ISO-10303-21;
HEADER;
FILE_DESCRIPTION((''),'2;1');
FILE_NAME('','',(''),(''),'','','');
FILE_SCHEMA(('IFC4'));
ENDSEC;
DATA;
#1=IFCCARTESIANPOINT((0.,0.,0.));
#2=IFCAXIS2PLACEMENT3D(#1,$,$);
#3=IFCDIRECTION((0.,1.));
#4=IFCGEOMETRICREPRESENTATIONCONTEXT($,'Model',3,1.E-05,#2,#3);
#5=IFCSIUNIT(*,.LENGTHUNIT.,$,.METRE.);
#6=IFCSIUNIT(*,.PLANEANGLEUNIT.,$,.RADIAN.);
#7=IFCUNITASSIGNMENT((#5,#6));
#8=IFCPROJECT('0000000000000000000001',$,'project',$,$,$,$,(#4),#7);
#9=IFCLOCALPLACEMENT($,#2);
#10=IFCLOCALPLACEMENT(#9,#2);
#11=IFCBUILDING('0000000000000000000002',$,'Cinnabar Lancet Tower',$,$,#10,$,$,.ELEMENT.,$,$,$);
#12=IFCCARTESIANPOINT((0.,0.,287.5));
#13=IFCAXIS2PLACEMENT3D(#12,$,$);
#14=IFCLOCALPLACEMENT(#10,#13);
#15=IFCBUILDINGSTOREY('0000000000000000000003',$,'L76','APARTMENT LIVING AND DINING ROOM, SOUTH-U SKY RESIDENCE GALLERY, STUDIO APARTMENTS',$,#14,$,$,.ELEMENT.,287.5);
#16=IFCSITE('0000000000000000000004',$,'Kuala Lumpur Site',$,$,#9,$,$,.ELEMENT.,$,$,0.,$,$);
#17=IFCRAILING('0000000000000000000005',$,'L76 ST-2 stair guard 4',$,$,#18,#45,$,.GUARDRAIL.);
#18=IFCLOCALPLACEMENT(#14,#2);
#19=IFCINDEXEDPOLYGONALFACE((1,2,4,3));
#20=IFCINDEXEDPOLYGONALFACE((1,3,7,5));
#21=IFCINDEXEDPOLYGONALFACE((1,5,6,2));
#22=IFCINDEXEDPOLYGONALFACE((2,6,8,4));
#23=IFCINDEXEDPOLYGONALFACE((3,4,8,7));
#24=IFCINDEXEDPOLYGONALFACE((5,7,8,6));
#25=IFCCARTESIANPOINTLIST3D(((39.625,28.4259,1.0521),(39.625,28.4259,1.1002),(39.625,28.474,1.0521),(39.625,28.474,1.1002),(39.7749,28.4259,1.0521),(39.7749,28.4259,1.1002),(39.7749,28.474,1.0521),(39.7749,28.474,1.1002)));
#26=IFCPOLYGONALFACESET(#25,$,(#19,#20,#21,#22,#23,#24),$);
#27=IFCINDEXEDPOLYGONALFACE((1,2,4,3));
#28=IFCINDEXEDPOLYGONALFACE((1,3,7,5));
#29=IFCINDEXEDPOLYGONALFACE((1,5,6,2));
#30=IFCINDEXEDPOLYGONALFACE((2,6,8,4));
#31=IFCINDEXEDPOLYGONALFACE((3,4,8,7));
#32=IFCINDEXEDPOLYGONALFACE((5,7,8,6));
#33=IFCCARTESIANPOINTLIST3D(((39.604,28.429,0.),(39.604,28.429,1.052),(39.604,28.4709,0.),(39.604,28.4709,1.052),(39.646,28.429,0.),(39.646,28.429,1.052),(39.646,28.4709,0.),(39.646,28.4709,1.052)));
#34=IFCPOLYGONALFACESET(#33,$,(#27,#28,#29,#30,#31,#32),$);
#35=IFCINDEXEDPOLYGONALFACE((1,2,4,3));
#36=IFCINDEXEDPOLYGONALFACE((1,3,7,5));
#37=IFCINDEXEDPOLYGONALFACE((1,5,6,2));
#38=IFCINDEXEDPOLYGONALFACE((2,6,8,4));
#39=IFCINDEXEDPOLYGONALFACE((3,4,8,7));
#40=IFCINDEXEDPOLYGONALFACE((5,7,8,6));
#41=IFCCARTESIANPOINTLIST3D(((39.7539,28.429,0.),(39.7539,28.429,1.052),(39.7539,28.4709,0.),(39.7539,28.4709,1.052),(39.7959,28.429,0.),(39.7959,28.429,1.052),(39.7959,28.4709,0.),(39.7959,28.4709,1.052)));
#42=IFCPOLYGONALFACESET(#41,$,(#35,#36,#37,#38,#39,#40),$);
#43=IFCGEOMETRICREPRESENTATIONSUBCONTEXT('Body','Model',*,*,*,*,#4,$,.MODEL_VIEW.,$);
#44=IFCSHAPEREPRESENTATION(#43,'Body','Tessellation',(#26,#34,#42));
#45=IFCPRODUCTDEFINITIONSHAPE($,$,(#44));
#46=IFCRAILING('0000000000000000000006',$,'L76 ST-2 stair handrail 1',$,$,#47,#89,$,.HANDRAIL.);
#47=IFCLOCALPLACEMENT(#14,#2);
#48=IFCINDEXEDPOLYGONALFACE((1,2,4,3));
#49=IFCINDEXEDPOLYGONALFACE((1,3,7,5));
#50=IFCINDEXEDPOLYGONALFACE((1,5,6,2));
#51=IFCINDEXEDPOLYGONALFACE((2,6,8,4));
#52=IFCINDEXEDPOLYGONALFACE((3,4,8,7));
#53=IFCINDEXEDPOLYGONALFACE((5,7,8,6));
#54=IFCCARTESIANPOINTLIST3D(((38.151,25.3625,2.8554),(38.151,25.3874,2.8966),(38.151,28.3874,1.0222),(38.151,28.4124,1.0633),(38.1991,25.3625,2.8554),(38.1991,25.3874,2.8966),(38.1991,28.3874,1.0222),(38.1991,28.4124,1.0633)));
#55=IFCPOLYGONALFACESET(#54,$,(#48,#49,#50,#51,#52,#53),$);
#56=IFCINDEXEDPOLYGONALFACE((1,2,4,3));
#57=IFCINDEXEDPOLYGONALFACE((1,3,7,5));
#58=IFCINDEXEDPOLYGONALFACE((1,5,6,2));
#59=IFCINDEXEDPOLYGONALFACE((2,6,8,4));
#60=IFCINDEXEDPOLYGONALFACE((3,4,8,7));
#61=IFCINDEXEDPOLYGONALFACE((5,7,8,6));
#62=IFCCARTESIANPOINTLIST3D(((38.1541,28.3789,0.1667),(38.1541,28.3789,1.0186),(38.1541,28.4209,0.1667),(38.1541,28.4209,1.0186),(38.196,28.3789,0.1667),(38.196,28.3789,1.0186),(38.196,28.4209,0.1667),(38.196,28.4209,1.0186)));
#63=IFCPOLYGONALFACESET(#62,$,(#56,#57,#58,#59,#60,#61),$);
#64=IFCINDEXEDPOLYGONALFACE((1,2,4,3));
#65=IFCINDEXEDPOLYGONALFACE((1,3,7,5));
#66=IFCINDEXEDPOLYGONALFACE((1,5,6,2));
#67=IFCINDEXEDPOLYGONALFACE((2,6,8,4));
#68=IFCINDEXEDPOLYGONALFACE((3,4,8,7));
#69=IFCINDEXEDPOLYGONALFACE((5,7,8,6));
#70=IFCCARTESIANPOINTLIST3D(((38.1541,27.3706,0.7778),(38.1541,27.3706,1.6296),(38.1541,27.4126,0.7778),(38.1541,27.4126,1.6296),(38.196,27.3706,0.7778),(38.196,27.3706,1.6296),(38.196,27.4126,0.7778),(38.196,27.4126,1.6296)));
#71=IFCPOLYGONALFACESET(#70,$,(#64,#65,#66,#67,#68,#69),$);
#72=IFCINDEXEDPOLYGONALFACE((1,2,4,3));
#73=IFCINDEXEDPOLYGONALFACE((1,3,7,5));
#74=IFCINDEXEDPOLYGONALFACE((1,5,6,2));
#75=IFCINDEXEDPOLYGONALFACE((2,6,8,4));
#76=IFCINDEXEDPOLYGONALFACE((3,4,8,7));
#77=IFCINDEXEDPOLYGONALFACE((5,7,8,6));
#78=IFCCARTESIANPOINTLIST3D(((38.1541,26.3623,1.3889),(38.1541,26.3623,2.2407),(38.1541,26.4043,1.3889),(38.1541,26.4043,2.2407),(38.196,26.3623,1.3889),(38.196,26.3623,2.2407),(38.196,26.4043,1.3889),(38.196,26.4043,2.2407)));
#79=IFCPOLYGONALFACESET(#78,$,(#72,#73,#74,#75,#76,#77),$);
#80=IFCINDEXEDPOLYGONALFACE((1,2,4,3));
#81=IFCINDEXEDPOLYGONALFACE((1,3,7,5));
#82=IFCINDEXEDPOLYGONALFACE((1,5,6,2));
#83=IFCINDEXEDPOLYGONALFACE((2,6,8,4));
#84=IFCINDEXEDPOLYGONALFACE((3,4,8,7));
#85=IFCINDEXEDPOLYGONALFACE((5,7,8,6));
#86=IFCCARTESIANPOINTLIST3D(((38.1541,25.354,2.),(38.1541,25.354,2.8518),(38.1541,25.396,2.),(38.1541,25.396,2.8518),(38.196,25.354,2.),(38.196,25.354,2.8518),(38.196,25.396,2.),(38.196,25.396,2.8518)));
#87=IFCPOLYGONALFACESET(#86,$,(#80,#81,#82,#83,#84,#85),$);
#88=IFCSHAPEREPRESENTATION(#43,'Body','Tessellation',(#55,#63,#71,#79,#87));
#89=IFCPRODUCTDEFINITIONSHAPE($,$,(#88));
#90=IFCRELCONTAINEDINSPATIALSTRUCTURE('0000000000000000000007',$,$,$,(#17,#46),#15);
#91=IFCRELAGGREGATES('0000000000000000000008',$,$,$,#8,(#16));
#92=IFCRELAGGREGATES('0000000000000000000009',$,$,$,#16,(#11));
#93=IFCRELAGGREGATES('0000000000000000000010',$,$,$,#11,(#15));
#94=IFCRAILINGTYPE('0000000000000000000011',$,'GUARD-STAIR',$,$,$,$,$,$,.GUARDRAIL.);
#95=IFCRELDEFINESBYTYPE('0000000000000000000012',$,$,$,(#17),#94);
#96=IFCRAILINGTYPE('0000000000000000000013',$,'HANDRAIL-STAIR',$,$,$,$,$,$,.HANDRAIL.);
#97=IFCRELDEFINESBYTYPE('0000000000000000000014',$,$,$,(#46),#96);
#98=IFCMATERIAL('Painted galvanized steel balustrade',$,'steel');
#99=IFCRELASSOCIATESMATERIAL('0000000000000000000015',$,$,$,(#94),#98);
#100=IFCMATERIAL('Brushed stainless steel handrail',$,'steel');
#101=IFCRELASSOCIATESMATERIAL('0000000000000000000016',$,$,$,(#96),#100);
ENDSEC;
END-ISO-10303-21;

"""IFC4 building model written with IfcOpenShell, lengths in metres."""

from ifc_helpers import new_model, si_unit, direction, frame, origin, origin_2d, place, context, subcontext, project, spatial, rectangle, extrude, material, type_object, element, save


model = new_model("IFC4")

# Units and contexts
model_context = context("Model", 3, precision=1e-05, world=origin(), true_north=direction((0.0, 1.0)))
body_context = subcontext(model_context, "Body", "Model", "MODEL_VIEW")
ifc_project = project(units=[si_unit("LENGTHUNIT", "METRE"), si_unit("PLANEANGLEUNIT", "RADIAN")], contexts=[model_context])

# Site, building, storey
site_placement = place(None, origin())
site = spatial("IfcSite", under=ifc_project, at=site_placement, Name="Kuala Lumpur Site", CompositionType="ELEMENT", RefElevation=0.0)
building_placement = place(site_placement, origin())
building = spatial("IfcBuilding", under=site, at=building_placement, Name="Cinnabar Lancet Tower", CompositionType="ELEMENT")
storey_placement = place(building_placement, frame((0.0, 0.0, 287.5)))
storey = spatial("IfcBuildingStorey", under=building, at=storey_placement, Name="L76", Description="APARTMENT LIVING AND DINING ROOM, SOUTH-U SKY RESIDENCE GALLERY, STUDIO APARTMENTS", CompositionType="ELEMENT", Elevation=287.5)

# Railings
ifc_material_1 = material(Name="Painted galvanized steel balustrade", Category="steel")
railing_type_1 = type_object("IfcRailingType", Name="GUARD-STAIR", PredefinedType="GUARDRAIL", material=ifc_material_1)
railing_1_placement = place(storey_placement, frame((39.625, 28.45, 0.0)))
element("IfcRailing", 1, at=railing_1_placement, inside=storey, type_object=railing_type_1, Name="L76 ST-2 stair guard 4", PredefinedType="GUARDRAIL", context=body_context, shape_type="SweptSolid", body=[
    extrude(rectangle(XDim=0.0481, YDim=0.0481, at=origin_2d()), frame((0.0, 0.0, 1.0762), z_axis=(1.0, 0.0, 0.0), x_axis=(0.0, 1.0, 0.0)), (0.0, 0.0, 1.0), 0.1499),
    extrude(rectangle(XDim=0.042, YDim=0.042, at=origin_2d()), origin(), (0.0, 0.0, 1.0), 1.052),
    extrude(rectangle(XDim=0.042, YDim=0.042, at=origin_2d()), frame((0.1499, 0.0, 0.0)), (0.0, 0.0, 1.0), 1.052),
])
ifc_material_2 = material(Name="Brushed stainless steel handrail", Category="steel")
railing_type_2 = type_object("IfcRailingType", Name="HANDRAIL-STAIR", PredefinedType="HANDRAIL", material=ifc_material_2)
railing_2_placement = place(storey_placement, frame((38.175, 28.3999, 0.1667)))
element("IfcRailing", 2, at=railing_2_placement, inside=storey, type_object=railing_type_2, Name="L76 ST-2 stair handrail 1", PredefinedType="HANDRAIL", context=body_context, shape_type="SweptSolid", body=[
    extrude(rectangle(XDim=0.0481, YDim=0.0481, at=origin_2d()), frame((0.0, 0.0, 0.876), z_axis=(0.0, -0.855201, 0.518297), x_axis=(1.0, 0.0, 0.0)), (0.0, 0.0, 1.0), 3.5371),
    extrude(rectangle(XDim=0.042, YDim=0.042, at=origin_2d()), origin(), (0.0, 0.0, 1.0), 0.8518),
    extrude(rectangle(XDim=0.042, YDim=0.042, at=origin_2d()), frame((0.0, -1.0083, 0.6111)), (0.0, 0.0, 1.0), 0.8518),
    extrude(rectangle(XDim=0.042, YDim=0.042, at=origin_2d()), frame((0.0, -2.0166, 1.2222)), (0.0, 0.0, 1.0), 0.8518),
    extrude(rectangle(XDim=0.042, YDim=0.042, at=origin_2d()), frame((0.0, -3.0249, 1.8333)), (0.0, 0.0, 1.0), 0.8518),
])

save(model, "model.ifc")
